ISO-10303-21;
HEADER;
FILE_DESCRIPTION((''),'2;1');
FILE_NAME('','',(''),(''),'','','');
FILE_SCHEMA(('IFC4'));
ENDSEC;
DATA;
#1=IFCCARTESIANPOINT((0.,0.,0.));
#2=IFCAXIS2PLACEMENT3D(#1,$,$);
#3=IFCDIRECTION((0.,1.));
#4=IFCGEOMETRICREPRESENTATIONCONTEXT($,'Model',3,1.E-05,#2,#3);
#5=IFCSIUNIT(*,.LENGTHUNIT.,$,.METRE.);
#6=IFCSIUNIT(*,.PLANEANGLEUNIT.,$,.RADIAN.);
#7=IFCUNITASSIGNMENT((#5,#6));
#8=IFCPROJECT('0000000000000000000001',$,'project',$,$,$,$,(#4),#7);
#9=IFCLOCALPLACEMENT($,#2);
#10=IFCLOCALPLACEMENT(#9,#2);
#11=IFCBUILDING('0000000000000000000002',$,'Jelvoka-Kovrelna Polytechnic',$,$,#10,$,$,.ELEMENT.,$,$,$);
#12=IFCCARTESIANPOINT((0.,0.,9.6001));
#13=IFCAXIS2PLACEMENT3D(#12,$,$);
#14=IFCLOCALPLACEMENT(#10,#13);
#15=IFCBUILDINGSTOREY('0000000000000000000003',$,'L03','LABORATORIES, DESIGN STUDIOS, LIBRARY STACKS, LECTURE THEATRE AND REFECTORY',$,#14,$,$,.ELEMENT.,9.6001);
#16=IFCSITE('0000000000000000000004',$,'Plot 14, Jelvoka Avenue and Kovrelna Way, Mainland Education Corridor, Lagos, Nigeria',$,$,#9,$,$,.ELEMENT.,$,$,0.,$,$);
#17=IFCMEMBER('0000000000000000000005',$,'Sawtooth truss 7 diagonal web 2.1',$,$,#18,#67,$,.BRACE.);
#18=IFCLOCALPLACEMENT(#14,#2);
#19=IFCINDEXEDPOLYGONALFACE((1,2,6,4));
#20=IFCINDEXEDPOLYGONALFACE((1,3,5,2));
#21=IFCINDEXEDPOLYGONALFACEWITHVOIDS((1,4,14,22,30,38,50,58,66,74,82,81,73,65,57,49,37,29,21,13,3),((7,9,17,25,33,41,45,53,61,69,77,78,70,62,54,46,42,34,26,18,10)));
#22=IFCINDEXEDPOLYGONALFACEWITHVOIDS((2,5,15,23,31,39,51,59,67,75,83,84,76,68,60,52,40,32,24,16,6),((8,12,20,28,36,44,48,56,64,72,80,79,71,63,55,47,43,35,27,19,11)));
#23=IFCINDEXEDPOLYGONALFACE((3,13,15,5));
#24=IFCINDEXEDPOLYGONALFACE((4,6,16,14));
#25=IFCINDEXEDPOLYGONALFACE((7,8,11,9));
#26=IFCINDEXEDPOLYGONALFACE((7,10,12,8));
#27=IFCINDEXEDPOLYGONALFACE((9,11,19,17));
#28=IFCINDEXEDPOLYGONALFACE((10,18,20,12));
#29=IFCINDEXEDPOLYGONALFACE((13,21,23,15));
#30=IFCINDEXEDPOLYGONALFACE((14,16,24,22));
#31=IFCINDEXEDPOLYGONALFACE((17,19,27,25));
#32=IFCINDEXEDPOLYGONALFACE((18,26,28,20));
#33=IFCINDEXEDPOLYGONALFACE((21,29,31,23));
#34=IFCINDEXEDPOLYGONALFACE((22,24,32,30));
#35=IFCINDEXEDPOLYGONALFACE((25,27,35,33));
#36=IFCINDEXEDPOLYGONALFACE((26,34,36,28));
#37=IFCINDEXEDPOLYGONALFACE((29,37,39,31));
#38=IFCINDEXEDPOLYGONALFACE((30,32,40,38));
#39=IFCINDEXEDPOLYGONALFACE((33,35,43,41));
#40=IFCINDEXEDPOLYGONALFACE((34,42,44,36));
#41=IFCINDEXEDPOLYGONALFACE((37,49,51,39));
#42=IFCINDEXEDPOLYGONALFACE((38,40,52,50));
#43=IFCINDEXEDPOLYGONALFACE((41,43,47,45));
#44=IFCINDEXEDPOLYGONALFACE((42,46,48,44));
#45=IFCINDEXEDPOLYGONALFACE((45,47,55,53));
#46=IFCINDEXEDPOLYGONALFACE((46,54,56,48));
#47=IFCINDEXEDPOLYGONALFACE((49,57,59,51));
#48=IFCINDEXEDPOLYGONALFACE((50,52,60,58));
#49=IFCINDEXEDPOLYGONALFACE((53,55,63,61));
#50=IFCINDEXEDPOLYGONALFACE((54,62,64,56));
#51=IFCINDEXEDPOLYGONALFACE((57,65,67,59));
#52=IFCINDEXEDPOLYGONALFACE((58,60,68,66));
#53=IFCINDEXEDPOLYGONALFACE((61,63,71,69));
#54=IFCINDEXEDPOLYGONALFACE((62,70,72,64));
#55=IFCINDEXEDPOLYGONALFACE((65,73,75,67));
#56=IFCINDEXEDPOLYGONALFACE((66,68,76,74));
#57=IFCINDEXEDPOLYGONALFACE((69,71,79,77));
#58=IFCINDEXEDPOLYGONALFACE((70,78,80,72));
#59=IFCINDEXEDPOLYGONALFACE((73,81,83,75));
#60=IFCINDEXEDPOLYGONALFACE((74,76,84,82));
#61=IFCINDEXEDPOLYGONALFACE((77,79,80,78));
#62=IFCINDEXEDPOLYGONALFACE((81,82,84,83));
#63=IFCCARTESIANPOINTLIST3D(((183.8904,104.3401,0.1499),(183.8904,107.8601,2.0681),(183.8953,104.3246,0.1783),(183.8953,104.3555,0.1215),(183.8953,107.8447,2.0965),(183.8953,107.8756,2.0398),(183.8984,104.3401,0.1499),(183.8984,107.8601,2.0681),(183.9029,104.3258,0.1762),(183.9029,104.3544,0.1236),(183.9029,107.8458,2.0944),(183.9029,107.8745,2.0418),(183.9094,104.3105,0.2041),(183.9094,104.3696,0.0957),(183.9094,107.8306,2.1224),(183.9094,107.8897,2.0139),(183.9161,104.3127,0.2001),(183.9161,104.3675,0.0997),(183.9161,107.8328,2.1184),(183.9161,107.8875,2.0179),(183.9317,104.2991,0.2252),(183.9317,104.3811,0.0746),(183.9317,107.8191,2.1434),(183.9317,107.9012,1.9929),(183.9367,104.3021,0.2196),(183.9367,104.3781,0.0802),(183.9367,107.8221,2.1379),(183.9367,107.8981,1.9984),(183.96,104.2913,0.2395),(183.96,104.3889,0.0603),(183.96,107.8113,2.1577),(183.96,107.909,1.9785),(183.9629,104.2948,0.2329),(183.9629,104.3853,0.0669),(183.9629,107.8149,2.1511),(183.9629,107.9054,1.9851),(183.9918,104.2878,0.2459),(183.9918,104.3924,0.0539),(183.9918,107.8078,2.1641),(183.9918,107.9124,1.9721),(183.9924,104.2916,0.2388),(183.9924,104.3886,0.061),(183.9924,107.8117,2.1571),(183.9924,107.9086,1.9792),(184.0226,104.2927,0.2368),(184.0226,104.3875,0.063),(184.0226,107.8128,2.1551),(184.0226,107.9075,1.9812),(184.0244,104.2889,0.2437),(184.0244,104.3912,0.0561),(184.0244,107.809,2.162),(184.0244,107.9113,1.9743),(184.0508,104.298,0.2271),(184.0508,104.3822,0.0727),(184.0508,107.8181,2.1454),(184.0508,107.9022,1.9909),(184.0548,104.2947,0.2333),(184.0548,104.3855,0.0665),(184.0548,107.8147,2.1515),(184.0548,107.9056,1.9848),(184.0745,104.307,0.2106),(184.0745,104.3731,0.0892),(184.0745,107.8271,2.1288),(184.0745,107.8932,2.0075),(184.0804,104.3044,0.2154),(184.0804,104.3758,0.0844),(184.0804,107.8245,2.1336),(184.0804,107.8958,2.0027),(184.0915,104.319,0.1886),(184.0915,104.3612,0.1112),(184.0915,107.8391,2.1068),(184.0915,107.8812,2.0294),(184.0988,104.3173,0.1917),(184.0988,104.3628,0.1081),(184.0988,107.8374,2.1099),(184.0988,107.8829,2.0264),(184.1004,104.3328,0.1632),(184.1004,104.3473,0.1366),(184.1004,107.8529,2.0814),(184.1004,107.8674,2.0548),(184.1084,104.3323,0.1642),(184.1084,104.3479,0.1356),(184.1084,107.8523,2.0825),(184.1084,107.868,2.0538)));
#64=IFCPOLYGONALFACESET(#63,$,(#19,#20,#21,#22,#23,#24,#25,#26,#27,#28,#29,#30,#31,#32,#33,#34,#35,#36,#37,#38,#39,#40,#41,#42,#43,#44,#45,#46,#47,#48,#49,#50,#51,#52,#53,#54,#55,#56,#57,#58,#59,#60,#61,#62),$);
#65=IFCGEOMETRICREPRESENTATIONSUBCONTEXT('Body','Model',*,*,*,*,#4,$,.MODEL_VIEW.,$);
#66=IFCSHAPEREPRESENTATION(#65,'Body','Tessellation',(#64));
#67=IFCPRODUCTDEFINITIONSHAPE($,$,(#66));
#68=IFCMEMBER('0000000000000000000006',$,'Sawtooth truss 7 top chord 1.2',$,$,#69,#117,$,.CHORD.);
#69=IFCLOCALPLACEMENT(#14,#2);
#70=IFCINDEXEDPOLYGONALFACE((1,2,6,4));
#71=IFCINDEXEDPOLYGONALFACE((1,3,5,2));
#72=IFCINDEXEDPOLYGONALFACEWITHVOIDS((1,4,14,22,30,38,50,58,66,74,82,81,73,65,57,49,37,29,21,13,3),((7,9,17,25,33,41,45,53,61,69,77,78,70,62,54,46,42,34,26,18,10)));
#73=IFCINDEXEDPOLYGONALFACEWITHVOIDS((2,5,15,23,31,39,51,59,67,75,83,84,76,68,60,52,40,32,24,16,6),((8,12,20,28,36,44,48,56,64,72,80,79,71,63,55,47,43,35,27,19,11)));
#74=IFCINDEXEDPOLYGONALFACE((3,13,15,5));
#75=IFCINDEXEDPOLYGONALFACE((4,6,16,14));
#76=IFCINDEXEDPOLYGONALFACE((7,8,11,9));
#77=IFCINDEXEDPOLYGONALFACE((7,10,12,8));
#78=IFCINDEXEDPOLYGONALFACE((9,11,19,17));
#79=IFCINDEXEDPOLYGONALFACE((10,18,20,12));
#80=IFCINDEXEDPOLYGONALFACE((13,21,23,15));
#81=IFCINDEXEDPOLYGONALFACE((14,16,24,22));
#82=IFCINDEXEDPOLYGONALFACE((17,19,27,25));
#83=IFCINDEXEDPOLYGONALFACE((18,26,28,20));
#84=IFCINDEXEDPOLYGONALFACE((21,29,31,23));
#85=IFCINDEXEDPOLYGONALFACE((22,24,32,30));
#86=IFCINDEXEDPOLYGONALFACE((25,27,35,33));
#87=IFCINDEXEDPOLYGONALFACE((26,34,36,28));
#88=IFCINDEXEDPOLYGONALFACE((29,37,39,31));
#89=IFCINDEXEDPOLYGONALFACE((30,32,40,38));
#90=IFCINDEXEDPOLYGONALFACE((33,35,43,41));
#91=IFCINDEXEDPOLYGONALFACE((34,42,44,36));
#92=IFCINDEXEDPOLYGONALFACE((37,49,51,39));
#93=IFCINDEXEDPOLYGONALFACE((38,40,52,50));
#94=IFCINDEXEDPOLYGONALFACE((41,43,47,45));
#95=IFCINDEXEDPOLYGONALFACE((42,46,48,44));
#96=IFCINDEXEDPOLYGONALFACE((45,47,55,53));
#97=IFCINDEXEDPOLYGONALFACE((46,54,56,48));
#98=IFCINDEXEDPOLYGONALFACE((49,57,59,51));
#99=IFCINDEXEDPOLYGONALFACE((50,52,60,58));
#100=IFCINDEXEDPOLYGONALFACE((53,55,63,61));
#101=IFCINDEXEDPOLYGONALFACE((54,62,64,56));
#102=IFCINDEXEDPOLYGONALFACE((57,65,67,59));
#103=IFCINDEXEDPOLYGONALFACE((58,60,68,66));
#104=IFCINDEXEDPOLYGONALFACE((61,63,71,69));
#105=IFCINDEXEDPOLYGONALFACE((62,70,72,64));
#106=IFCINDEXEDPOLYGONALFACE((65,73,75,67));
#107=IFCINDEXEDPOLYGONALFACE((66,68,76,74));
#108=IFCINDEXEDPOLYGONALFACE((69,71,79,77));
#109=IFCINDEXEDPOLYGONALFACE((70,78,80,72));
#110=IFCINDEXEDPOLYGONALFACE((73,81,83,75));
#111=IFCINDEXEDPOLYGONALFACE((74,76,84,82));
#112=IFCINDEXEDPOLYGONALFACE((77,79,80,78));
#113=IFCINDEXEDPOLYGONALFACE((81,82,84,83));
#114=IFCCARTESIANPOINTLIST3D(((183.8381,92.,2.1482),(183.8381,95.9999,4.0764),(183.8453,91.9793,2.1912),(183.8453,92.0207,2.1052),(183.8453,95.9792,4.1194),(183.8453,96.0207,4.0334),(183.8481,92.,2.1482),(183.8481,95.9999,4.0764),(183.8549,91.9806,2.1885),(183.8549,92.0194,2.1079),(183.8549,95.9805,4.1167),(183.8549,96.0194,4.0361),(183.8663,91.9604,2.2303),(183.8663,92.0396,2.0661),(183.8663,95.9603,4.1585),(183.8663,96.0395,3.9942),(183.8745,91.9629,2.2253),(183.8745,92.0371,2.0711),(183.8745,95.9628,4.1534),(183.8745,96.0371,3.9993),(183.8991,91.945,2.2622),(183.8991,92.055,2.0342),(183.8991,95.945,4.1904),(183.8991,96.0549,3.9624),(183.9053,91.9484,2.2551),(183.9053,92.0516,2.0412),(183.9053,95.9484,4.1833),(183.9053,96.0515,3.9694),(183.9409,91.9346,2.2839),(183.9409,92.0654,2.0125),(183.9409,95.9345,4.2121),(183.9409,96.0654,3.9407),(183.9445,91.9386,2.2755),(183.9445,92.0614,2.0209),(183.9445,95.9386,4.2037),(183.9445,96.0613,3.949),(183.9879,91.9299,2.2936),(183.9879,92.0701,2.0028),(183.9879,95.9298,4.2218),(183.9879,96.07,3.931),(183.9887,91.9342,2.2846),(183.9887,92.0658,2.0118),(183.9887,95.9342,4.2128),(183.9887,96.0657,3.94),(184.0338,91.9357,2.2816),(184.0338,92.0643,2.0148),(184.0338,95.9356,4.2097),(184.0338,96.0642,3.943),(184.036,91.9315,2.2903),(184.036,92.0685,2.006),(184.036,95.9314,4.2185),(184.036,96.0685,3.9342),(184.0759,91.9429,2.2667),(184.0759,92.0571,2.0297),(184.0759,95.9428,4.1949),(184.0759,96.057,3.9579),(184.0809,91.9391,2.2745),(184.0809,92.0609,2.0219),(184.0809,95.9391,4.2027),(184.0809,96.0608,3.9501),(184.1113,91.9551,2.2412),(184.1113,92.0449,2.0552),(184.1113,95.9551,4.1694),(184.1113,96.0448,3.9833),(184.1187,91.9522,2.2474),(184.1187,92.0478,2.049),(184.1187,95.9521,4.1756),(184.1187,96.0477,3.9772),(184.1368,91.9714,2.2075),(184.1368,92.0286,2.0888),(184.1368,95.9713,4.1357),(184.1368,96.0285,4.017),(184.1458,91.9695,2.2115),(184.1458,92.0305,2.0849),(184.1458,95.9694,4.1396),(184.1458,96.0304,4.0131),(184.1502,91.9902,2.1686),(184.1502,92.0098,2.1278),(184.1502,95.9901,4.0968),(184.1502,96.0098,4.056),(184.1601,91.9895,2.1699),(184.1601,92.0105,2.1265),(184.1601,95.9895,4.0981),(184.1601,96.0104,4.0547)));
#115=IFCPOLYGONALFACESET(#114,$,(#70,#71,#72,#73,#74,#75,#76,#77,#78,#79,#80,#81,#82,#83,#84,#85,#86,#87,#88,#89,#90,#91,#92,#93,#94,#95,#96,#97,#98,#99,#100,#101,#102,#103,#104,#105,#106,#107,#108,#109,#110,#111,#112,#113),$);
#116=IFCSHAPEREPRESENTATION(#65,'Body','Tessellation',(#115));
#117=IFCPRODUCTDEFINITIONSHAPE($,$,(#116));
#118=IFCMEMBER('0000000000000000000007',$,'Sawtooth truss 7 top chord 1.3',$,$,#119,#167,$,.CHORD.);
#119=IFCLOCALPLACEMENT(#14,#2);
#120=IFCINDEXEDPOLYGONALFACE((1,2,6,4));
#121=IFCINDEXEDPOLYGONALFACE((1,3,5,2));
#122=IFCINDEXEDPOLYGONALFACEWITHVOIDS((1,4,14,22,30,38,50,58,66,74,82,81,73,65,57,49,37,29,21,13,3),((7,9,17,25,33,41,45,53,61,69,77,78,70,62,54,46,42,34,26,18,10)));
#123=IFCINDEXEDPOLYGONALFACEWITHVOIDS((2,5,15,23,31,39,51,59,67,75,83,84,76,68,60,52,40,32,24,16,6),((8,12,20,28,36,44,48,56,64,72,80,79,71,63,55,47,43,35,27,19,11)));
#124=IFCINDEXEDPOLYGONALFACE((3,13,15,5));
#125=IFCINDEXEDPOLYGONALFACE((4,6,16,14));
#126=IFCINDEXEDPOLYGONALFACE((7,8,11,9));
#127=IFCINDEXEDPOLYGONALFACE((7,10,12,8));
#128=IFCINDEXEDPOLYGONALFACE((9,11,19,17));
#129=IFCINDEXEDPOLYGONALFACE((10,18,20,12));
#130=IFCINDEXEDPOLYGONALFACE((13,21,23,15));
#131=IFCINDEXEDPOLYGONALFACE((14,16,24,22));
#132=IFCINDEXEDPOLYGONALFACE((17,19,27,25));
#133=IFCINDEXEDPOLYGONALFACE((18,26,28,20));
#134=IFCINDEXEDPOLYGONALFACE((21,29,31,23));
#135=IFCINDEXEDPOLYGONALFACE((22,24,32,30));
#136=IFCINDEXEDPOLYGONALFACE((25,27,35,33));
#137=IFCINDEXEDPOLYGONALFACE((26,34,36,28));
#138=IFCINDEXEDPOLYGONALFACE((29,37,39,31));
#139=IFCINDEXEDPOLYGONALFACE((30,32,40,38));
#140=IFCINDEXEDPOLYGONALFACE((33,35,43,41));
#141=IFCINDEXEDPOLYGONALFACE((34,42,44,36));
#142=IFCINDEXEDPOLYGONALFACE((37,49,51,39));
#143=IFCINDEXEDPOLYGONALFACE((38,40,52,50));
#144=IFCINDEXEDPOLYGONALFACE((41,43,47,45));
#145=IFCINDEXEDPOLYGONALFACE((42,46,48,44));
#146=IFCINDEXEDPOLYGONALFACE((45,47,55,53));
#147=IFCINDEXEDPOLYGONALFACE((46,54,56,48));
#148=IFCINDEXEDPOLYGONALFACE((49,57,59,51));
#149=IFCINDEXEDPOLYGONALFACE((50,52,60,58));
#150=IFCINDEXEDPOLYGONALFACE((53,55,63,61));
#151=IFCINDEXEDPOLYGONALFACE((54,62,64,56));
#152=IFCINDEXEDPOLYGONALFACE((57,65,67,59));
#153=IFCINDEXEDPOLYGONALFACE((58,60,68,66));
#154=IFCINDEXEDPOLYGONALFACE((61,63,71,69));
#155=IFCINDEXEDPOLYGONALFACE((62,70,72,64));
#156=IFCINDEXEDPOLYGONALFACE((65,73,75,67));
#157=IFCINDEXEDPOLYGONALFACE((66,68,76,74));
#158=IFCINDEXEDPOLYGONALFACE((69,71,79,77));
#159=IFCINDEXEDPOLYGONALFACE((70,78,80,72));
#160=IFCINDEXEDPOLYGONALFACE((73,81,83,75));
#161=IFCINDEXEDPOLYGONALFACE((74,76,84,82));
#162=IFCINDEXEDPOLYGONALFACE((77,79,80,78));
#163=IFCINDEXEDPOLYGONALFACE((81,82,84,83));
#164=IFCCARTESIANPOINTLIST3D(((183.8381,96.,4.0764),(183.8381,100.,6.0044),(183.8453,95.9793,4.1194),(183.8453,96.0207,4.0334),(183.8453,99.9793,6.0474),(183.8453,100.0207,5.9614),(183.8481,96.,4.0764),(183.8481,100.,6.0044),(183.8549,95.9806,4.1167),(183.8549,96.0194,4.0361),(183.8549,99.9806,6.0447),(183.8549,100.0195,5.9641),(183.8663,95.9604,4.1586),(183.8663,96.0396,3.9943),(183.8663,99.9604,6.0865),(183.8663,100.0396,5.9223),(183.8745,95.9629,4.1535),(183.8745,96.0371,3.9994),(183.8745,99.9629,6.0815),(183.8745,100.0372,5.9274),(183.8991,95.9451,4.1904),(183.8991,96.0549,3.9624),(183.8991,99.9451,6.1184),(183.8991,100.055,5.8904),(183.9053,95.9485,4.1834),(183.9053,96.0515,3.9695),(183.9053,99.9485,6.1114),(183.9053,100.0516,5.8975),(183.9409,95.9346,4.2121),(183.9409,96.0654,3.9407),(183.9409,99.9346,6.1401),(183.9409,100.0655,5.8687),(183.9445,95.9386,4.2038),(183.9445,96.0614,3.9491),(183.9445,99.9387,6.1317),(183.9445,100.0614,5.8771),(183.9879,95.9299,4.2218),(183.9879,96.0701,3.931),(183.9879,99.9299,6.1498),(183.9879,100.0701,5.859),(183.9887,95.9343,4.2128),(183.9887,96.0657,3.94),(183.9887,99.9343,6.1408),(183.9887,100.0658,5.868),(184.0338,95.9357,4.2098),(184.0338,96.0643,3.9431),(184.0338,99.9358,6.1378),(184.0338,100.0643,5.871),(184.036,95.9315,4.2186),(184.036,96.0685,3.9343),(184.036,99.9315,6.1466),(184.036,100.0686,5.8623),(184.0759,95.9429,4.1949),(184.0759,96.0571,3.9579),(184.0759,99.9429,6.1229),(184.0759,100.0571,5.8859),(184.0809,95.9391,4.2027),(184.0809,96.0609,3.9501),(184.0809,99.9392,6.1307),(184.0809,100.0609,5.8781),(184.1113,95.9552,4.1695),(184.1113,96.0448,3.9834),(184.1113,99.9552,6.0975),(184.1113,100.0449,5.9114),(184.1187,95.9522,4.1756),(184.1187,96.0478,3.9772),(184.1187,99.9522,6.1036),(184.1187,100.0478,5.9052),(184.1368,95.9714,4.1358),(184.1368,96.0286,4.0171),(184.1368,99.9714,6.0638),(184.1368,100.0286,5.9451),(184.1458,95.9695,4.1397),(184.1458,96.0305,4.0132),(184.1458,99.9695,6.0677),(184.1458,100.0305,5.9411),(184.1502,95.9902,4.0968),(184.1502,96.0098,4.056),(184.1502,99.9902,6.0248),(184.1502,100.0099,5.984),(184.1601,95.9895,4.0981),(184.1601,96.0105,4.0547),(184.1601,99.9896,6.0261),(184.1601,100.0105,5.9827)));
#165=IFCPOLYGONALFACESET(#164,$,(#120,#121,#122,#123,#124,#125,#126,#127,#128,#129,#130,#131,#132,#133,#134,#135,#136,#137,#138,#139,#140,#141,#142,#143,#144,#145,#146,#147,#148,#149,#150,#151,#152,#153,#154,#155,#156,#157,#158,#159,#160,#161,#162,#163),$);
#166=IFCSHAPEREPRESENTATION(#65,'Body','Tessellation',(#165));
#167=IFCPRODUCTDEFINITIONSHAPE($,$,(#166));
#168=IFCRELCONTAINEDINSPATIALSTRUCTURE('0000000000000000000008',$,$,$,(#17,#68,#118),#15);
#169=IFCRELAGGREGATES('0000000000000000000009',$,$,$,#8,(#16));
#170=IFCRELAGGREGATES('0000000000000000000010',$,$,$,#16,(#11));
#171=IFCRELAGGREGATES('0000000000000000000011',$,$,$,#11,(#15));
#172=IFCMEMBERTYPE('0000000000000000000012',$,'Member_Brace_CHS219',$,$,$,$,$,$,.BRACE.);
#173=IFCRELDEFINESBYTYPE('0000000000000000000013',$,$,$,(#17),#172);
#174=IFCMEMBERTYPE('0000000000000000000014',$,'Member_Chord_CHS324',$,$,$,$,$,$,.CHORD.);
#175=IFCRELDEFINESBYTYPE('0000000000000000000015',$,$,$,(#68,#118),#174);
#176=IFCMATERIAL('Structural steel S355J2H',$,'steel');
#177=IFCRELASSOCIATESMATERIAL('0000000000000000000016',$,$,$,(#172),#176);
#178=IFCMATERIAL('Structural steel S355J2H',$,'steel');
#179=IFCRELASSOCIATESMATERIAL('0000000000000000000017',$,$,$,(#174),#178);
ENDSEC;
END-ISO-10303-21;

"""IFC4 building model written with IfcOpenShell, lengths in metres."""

from ifc_helpers import new_model, si_unit, direction, frame, origin, origin_2d, place, context, subcontext, project, spatial, hollow_circle, extrude, material, material_profile, profile_set, type_object, element, save


model = new_model("IFC4")

# Units and contexts
model_context = context("Model", 3, precision=1e-05, world=origin(), true_north=direction((0.0, 1.0)))
body_context = subcontext(model_context, "Body", "Model", "MODEL_VIEW")
ifc_project = project(units=[si_unit("LENGTHUNIT", "METRE"), si_unit("PLANEANGLEUNIT", "RADIAN")], contexts=[model_context])

# Site, building, storey
site_placement = place(None, origin())
site = spatial("IfcSite", under=ifc_project, at=site_placement, Name="Plot 14, Jelvoka Avenue and Kovrelna Way, Mainland Education Corridor, Lagos, Nigeria", CompositionType="ELEMENT", RefElevation=0.0)
building_placement = place(site_placement, origin())
building = spatial("IfcBuilding", under=site, at=building_placement, Name="Jelvoka-Kovrelna Polytechnic", CompositionType="ELEMENT")
storey_placement = place(building_placement, frame((0.0, 0.0, 9.6001)))
storey = spatial("IfcBuildingStorey", under=building, at=storey_placement, Name="L03", Description="LABORATORIES, DESIGN STUDIOS, LIBRARY STACKS, LECTURE THEATRE AND REFECTORY", CompositionType="ELEMENT", Elevation=9.6001)

# Members
ifc_material_1 = material(Name="Structural steel S355J2H", Category="steel")
ifc_material_profile_1 = material_profile(ifc_material_1, hollow_circle(Radius=0.1096, WallThickness=0.0081, at=origin_2d()), Name="219.1x8.0 CHS")
ifc_profile_set_1 = profile_set([ifc_material_profile_1], Name="Structural steel S355J2H")
member_type_1 = type_object("IfcMemberType", Name="Member_Brace_CHS219", PredefinedType="BRACE", material=ifc_profile_set_1)
member_1_placement = place(storey_placement, frame((184.0, 104.3401, 0.1499), z_axis=(0.0, 0.878084, 0.478506), x_axis=(-1.0, 0.0, 0.0)))
element("IfcMember", 1, at=member_1_placement, inside=storey, type_object=member_type_1, Name="Sawtooth truss 7 diagonal web 2.1", PredefinedType="BRACE", context=body_context, shape_type="SweptSolid", body=[
    extrude(hollow_circle(Radius=0.1096, WallThickness=0.0081, at=origin_2d()), origin(), (0.0, 0.0, 1.0), 4.0088),
])
ifc_material_2 = material(Name="Structural steel S355J2H", Category="steel")
ifc_material_profile_2 = material_profile(ifc_material_2, hollow_circle(Radius=0.1619, WallThickness=0.01, at=origin_2d()), Name="323.9x10.0 CHS")
ifc_profile_set_2 = profile_set([ifc_material_profile_2], Name="Structural steel S355J2H")
member_type_2 = type_object("IfcMemberType", Name="Member_Chord_CHS324", PredefinedType="CHORD", material=ifc_profile_set_2)
for number, where, z_axis, x_axis, name in (
    (2, (184.0, 92.0, 2.1482), (0.0, 0.900799, 0.434235), (-1.0, 0.0, 0.0), "Sawtooth truss 7 top chord 1.2"),
    (3, (184.0, 96.0, 4.0764), (0.0, 0.900821, 0.434191), (-1.0, 0.0, 0.0), "Sawtooth truss 7 top chord 1.3"),
):
    element("IfcMember", number, at=place(storey_placement, frame(where, z_axis=z_axis, x_axis=x_axis)), inside=storey, type_object=member_type_2, Name=name, PredefinedType="CHORD", context=body_context, shape_type="SweptSolid", body=[
        extrude(hollow_circle(Radius=0.1619, WallThickness=0.01, at=origin_2d()), origin(), (0.0, 0.0, 1.0), 4.4404),
    ])

save(model, "model.ifc")
